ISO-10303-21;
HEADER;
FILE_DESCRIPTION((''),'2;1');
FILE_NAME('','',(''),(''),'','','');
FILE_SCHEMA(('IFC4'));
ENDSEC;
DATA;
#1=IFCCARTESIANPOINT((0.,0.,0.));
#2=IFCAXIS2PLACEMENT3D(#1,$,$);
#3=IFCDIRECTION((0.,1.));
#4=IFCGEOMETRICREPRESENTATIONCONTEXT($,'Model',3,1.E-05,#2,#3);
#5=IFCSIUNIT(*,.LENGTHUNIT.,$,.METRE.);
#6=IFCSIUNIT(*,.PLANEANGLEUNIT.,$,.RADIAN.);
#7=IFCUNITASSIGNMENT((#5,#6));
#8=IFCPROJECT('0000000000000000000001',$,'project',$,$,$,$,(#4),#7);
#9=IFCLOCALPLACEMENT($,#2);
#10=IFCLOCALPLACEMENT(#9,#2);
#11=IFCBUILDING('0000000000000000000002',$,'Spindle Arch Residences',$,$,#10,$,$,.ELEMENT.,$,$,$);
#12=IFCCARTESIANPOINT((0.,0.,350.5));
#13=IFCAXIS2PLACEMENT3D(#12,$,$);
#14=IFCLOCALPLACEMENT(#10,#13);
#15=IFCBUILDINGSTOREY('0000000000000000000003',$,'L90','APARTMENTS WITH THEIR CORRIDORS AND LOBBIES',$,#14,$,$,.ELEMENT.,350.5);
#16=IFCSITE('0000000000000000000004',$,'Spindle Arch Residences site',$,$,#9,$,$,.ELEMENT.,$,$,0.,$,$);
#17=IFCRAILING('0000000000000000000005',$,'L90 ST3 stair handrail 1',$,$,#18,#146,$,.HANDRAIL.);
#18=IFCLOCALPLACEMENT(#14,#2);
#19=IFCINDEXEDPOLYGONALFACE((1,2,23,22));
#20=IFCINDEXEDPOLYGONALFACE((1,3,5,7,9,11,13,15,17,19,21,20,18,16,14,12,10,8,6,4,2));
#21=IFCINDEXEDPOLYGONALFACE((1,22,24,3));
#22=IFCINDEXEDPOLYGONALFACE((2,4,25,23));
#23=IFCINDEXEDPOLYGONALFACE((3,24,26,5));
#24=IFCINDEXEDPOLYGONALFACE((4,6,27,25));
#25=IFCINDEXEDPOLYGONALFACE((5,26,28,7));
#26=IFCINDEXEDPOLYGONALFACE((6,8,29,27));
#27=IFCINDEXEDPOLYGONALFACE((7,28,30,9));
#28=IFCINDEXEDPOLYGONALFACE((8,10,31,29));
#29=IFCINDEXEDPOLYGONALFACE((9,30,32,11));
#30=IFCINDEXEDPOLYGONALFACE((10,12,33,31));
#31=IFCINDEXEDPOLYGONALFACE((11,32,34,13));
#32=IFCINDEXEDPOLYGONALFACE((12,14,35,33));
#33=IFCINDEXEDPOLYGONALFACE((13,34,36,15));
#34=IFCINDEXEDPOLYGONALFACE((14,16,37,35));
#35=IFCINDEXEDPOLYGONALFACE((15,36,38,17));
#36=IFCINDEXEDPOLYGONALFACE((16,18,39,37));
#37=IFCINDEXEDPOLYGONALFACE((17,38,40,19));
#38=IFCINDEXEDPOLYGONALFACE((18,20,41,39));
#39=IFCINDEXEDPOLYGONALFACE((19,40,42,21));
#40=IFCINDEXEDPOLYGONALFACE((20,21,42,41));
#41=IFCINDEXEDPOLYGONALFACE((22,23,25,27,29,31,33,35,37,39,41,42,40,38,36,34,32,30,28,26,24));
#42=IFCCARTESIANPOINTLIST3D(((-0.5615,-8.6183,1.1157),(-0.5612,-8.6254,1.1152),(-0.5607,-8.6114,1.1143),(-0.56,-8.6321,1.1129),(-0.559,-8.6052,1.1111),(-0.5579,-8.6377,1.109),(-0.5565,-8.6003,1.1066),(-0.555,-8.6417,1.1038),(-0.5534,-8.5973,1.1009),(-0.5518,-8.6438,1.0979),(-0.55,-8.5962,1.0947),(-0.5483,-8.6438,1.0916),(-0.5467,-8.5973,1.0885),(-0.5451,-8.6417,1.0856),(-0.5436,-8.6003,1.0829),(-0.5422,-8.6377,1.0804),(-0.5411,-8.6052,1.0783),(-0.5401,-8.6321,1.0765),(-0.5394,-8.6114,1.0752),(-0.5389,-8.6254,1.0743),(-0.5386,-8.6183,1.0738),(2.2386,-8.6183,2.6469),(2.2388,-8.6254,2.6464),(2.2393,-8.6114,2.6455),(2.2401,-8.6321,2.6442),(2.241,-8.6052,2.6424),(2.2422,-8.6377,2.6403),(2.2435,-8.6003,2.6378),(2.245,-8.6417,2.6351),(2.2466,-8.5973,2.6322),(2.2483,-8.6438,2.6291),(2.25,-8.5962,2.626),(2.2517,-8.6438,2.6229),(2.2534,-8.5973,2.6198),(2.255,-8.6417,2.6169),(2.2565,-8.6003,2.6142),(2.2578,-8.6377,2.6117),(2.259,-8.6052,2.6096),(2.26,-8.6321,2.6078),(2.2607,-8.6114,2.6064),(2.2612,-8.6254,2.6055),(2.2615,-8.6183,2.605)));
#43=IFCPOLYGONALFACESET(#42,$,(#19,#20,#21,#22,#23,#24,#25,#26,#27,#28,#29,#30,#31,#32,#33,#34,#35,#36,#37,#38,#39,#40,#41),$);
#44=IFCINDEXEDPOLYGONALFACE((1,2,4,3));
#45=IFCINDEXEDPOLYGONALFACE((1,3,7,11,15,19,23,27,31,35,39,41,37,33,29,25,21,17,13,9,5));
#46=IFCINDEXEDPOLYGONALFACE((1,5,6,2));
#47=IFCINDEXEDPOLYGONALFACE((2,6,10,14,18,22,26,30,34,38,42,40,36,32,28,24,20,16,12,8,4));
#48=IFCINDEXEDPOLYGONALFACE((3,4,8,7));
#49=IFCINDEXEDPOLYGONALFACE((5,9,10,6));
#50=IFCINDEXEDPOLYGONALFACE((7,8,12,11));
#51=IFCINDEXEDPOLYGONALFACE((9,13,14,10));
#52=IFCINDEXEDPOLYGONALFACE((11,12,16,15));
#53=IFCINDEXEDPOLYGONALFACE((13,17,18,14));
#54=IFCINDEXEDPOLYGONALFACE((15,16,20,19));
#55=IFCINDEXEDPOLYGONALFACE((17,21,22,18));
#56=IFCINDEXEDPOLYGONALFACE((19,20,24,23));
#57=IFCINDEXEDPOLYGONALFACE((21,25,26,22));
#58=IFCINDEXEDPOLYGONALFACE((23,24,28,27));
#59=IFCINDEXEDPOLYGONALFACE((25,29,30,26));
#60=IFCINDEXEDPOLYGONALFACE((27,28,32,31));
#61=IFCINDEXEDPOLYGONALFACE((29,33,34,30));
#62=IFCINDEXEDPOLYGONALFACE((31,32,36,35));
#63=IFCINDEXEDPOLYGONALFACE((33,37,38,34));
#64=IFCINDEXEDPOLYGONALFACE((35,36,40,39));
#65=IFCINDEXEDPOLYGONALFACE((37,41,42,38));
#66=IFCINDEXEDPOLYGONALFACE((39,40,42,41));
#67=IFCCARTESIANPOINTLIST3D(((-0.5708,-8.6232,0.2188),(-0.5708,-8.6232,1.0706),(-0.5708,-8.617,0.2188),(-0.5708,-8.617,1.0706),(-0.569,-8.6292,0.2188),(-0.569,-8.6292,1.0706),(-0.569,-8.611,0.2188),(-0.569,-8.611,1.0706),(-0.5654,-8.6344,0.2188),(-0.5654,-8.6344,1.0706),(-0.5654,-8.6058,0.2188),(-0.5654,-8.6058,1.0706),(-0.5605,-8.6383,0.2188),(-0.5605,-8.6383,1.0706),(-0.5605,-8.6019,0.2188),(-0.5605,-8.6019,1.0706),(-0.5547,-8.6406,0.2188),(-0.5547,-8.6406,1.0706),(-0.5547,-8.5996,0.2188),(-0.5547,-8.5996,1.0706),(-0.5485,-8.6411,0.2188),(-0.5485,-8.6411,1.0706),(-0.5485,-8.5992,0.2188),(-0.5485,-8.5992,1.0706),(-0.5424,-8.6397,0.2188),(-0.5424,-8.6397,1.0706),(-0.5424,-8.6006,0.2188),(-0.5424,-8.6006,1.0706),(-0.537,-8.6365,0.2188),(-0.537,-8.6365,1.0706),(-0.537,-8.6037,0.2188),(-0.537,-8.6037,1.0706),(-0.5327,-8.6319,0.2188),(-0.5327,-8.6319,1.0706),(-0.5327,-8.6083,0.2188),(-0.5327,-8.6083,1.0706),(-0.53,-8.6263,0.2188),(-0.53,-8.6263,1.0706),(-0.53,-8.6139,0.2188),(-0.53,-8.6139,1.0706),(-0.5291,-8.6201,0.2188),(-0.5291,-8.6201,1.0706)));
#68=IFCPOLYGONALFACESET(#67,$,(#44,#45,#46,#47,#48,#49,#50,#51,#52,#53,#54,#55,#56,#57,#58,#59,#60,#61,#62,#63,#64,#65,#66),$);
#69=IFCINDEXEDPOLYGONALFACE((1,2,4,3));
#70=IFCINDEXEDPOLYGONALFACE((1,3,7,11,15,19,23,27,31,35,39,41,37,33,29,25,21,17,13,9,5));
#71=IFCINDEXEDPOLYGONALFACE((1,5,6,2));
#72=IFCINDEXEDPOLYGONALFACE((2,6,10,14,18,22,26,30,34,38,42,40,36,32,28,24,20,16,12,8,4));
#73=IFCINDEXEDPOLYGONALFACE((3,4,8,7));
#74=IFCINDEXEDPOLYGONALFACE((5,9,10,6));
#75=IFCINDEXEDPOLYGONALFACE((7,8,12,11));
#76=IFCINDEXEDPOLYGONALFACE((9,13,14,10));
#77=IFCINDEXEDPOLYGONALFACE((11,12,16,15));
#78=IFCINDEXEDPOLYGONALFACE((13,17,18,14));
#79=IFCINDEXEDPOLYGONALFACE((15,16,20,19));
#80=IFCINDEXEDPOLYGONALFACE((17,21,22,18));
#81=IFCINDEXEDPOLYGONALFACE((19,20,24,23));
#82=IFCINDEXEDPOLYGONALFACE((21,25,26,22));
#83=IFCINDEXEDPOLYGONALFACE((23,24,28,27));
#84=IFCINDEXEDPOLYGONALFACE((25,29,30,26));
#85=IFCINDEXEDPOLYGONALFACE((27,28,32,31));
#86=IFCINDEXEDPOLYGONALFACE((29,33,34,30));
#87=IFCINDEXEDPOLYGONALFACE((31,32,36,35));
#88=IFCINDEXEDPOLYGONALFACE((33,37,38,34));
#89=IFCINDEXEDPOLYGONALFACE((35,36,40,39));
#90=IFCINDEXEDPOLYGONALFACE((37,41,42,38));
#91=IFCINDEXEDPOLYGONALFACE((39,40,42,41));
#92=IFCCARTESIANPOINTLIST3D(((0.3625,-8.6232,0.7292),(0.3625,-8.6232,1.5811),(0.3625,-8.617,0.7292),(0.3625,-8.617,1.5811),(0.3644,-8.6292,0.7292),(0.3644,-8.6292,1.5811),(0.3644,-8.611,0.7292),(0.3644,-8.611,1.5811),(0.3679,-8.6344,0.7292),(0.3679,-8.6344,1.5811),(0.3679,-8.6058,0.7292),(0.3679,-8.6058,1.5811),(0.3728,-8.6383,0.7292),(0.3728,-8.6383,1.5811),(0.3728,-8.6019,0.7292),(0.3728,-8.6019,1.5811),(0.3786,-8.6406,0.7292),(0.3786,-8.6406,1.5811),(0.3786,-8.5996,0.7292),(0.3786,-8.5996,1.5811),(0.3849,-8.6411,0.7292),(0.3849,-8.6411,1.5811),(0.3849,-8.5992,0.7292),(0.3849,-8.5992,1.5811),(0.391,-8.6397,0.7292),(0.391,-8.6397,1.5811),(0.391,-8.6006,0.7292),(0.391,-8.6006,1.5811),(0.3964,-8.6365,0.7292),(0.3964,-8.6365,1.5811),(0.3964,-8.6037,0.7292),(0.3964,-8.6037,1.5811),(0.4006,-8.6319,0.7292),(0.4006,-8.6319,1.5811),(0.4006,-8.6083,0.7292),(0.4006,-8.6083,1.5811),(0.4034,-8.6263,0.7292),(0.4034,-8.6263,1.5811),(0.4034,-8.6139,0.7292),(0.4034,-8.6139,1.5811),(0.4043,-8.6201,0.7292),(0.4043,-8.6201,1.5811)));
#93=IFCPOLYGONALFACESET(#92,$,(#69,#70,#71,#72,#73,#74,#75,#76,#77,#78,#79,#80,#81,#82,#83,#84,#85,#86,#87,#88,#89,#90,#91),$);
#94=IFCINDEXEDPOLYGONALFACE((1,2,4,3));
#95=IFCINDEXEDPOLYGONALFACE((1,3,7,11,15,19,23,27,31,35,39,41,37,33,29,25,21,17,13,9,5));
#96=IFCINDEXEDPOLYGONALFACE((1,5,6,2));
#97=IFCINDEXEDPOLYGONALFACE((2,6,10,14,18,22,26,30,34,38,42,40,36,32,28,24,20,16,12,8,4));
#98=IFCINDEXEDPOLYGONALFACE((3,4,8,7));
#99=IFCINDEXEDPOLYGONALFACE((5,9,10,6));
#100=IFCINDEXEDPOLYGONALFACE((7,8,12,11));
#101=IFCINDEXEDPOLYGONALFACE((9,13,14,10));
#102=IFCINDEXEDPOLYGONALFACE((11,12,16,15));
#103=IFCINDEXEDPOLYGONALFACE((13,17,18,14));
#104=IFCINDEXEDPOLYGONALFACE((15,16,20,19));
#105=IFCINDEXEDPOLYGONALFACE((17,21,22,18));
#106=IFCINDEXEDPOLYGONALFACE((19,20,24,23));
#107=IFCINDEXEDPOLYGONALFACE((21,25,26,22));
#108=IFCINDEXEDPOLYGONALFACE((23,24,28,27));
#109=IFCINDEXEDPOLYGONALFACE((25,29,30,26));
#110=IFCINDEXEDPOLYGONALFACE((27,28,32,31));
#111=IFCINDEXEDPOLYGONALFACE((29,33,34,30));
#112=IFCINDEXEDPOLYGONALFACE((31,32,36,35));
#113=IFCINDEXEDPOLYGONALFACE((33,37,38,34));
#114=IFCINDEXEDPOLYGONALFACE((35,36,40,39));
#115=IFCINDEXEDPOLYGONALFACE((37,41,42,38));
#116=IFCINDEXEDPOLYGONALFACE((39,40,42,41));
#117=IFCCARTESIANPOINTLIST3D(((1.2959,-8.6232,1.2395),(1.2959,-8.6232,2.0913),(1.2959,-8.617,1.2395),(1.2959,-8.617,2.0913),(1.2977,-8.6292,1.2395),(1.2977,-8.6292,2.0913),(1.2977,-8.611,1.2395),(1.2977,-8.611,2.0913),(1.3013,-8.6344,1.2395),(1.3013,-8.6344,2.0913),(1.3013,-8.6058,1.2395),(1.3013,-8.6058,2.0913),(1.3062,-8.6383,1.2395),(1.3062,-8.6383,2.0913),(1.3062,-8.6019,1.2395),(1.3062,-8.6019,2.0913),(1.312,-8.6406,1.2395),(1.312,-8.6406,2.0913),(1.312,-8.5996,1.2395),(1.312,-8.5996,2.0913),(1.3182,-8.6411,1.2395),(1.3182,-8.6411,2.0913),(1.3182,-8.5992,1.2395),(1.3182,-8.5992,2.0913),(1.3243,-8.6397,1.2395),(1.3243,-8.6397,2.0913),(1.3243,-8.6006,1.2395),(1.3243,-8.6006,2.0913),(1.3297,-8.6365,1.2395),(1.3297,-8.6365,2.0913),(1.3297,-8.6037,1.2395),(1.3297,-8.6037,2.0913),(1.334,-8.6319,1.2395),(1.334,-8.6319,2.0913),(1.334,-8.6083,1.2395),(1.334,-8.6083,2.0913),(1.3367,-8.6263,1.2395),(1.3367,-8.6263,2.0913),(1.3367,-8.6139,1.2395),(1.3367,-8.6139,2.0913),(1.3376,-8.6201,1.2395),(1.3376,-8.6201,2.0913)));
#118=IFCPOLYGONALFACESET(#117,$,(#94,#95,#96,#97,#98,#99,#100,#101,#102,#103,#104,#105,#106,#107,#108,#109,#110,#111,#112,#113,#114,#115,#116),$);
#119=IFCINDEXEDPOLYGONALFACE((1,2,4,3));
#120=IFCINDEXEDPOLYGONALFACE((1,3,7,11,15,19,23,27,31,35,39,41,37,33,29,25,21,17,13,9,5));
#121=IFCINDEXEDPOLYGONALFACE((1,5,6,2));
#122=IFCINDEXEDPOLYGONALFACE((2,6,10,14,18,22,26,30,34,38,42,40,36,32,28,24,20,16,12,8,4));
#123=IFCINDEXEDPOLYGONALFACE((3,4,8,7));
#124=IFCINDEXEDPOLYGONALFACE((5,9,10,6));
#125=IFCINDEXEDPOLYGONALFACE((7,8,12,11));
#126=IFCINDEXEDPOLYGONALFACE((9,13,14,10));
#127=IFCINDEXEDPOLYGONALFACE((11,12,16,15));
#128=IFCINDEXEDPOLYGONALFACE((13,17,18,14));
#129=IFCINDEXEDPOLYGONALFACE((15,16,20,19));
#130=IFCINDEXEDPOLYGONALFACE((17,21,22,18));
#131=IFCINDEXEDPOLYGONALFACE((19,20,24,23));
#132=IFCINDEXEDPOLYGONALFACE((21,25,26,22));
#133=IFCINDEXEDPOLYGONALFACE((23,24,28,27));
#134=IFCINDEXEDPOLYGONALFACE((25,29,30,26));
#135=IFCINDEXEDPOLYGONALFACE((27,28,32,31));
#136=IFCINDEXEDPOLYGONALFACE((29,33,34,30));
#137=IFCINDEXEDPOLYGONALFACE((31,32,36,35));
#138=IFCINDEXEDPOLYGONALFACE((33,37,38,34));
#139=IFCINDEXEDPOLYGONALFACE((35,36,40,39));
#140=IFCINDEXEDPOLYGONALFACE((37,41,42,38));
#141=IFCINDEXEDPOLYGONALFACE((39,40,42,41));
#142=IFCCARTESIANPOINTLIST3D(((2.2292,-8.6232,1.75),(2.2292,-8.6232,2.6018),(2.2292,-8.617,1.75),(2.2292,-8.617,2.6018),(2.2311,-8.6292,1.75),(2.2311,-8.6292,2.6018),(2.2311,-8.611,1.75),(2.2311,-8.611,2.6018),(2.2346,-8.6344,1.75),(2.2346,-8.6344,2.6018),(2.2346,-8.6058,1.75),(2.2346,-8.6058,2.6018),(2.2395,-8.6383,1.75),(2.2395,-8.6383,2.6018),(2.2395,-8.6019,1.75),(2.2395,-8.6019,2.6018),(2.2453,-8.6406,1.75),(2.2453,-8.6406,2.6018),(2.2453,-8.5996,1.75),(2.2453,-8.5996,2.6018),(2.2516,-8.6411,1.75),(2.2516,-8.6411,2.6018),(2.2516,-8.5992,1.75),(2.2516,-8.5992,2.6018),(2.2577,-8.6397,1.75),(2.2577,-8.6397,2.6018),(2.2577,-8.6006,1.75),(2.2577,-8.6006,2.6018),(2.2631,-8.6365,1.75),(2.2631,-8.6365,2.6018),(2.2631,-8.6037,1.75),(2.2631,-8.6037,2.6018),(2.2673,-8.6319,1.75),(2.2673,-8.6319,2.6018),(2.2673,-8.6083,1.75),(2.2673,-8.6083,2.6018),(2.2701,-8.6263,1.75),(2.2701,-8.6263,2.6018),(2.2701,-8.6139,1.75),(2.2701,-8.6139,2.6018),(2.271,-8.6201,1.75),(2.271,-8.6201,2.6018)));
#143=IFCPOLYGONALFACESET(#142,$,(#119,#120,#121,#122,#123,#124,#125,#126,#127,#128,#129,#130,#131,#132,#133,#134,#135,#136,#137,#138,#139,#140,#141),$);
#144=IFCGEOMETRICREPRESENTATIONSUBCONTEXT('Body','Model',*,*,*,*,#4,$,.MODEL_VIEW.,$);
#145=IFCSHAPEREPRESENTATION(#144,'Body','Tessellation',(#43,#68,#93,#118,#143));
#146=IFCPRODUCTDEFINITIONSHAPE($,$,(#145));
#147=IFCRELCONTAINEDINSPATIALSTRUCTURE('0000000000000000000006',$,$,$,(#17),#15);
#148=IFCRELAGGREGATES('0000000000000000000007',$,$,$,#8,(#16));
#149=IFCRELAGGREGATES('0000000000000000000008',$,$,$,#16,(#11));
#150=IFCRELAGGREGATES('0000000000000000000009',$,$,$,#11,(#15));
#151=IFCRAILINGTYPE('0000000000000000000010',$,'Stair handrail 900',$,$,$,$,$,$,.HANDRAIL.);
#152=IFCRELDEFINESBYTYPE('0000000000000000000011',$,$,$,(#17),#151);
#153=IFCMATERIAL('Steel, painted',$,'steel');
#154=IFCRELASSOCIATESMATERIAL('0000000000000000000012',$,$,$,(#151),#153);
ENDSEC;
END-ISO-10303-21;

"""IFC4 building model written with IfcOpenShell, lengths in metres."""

from ifc_helpers import new_model, si_unit, direction, frame, origin, origin_2d, place, context, subcontext, project, spatial, circle, extrude, material, type_object, element, save


model = new_model("IFC4")

# Units and contexts
model_context = context("Model", 3, precision=1e-05, world=origin(), true_north=direction((0.0, 1.0)))
body_context = subcontext(model_context, "Body", "Model", "MODEL_VIEW")
ifc_project = project(units=[si_unit("LENGTHUNIT", "METRE"), si_unit("PLANEANGLEUNIT", "RADIAN")], contexts=[model_context])

# Site, building, storey
site_placement = place(None, origin())
site = spatial("IfcSite", under=ifc_project, at=site_placement, Name="Spindle Arch Residences site", CompositionType="ELEMENT", RefElevation=0.0)
building_placement = place(site_placement, origin())
building = spatial("IfcBuilding", under=site, at=building_placement, Name="Spindle Arch Residences", CompositionType="ELEMENT")
storey_placement = place(building_placement, frame((0.0, 0.0, 350.5)))
storey = spatial("IfcBuildingStorey", under=building, at=storey_placement, Name="L90", Description="APARTMENTS WITH THEIR CORRIDORS AND LOBBIES", CompositionType="ELEMENT", Elevation=350.5)

# Railing
ifc_material_1 = material(Name="Steel, painted", Category="steel")
railing_type_1 = type_object("IfcRailingType", Name="Stair handrail 900", PredefinedType="HANDRAIL", material=ifc_material_1)
railing_1_placement = place(storey_placement, frame((-0.55, -8.6201, 0.2188)))
element("IfcRailing", 1, at=railing_1_placement, inside=storey, type_object=railing_type_1, Name="L90 ST3 stair handrail 1", PredefinedType="HANDRAIL", context=body_context, shape_type="SweptSolid", body=[
    extrude(circle(Radius=0.0239, at=origin_2d()), frame((0.0, 0.0, 0.876), z_axis=(0.877375, 0.0, 0.479806), x_axis=(0.0, 1.0, 0.0)), (0.0, 0.0, 1.0), 3.1914),
    extrude(circle(Radius=0.021, at=origin_2d()), origin(), (0.0, 0.0, 1.0), 0.8518),
    extrude(circle(Radius=0.021, at=origin_2d()), frame((0.9333, 0.0, 0.5105)), (0.0, 0.0, 1.0), 0.8518),
    extrude(circle(Radius=0.021, at=origin_2d()), frame((1.8667, 0.0, 1.0208)), (0.0, 0.0, 1.0), 0.8518),
    extrude(circle(Radius=0.021, at=origin_2d()), frame((2.8, 0.0, 1.5312)), (0.0, 0.0, 1.0), 0.8518),
])

save(model, "model.ifc")
